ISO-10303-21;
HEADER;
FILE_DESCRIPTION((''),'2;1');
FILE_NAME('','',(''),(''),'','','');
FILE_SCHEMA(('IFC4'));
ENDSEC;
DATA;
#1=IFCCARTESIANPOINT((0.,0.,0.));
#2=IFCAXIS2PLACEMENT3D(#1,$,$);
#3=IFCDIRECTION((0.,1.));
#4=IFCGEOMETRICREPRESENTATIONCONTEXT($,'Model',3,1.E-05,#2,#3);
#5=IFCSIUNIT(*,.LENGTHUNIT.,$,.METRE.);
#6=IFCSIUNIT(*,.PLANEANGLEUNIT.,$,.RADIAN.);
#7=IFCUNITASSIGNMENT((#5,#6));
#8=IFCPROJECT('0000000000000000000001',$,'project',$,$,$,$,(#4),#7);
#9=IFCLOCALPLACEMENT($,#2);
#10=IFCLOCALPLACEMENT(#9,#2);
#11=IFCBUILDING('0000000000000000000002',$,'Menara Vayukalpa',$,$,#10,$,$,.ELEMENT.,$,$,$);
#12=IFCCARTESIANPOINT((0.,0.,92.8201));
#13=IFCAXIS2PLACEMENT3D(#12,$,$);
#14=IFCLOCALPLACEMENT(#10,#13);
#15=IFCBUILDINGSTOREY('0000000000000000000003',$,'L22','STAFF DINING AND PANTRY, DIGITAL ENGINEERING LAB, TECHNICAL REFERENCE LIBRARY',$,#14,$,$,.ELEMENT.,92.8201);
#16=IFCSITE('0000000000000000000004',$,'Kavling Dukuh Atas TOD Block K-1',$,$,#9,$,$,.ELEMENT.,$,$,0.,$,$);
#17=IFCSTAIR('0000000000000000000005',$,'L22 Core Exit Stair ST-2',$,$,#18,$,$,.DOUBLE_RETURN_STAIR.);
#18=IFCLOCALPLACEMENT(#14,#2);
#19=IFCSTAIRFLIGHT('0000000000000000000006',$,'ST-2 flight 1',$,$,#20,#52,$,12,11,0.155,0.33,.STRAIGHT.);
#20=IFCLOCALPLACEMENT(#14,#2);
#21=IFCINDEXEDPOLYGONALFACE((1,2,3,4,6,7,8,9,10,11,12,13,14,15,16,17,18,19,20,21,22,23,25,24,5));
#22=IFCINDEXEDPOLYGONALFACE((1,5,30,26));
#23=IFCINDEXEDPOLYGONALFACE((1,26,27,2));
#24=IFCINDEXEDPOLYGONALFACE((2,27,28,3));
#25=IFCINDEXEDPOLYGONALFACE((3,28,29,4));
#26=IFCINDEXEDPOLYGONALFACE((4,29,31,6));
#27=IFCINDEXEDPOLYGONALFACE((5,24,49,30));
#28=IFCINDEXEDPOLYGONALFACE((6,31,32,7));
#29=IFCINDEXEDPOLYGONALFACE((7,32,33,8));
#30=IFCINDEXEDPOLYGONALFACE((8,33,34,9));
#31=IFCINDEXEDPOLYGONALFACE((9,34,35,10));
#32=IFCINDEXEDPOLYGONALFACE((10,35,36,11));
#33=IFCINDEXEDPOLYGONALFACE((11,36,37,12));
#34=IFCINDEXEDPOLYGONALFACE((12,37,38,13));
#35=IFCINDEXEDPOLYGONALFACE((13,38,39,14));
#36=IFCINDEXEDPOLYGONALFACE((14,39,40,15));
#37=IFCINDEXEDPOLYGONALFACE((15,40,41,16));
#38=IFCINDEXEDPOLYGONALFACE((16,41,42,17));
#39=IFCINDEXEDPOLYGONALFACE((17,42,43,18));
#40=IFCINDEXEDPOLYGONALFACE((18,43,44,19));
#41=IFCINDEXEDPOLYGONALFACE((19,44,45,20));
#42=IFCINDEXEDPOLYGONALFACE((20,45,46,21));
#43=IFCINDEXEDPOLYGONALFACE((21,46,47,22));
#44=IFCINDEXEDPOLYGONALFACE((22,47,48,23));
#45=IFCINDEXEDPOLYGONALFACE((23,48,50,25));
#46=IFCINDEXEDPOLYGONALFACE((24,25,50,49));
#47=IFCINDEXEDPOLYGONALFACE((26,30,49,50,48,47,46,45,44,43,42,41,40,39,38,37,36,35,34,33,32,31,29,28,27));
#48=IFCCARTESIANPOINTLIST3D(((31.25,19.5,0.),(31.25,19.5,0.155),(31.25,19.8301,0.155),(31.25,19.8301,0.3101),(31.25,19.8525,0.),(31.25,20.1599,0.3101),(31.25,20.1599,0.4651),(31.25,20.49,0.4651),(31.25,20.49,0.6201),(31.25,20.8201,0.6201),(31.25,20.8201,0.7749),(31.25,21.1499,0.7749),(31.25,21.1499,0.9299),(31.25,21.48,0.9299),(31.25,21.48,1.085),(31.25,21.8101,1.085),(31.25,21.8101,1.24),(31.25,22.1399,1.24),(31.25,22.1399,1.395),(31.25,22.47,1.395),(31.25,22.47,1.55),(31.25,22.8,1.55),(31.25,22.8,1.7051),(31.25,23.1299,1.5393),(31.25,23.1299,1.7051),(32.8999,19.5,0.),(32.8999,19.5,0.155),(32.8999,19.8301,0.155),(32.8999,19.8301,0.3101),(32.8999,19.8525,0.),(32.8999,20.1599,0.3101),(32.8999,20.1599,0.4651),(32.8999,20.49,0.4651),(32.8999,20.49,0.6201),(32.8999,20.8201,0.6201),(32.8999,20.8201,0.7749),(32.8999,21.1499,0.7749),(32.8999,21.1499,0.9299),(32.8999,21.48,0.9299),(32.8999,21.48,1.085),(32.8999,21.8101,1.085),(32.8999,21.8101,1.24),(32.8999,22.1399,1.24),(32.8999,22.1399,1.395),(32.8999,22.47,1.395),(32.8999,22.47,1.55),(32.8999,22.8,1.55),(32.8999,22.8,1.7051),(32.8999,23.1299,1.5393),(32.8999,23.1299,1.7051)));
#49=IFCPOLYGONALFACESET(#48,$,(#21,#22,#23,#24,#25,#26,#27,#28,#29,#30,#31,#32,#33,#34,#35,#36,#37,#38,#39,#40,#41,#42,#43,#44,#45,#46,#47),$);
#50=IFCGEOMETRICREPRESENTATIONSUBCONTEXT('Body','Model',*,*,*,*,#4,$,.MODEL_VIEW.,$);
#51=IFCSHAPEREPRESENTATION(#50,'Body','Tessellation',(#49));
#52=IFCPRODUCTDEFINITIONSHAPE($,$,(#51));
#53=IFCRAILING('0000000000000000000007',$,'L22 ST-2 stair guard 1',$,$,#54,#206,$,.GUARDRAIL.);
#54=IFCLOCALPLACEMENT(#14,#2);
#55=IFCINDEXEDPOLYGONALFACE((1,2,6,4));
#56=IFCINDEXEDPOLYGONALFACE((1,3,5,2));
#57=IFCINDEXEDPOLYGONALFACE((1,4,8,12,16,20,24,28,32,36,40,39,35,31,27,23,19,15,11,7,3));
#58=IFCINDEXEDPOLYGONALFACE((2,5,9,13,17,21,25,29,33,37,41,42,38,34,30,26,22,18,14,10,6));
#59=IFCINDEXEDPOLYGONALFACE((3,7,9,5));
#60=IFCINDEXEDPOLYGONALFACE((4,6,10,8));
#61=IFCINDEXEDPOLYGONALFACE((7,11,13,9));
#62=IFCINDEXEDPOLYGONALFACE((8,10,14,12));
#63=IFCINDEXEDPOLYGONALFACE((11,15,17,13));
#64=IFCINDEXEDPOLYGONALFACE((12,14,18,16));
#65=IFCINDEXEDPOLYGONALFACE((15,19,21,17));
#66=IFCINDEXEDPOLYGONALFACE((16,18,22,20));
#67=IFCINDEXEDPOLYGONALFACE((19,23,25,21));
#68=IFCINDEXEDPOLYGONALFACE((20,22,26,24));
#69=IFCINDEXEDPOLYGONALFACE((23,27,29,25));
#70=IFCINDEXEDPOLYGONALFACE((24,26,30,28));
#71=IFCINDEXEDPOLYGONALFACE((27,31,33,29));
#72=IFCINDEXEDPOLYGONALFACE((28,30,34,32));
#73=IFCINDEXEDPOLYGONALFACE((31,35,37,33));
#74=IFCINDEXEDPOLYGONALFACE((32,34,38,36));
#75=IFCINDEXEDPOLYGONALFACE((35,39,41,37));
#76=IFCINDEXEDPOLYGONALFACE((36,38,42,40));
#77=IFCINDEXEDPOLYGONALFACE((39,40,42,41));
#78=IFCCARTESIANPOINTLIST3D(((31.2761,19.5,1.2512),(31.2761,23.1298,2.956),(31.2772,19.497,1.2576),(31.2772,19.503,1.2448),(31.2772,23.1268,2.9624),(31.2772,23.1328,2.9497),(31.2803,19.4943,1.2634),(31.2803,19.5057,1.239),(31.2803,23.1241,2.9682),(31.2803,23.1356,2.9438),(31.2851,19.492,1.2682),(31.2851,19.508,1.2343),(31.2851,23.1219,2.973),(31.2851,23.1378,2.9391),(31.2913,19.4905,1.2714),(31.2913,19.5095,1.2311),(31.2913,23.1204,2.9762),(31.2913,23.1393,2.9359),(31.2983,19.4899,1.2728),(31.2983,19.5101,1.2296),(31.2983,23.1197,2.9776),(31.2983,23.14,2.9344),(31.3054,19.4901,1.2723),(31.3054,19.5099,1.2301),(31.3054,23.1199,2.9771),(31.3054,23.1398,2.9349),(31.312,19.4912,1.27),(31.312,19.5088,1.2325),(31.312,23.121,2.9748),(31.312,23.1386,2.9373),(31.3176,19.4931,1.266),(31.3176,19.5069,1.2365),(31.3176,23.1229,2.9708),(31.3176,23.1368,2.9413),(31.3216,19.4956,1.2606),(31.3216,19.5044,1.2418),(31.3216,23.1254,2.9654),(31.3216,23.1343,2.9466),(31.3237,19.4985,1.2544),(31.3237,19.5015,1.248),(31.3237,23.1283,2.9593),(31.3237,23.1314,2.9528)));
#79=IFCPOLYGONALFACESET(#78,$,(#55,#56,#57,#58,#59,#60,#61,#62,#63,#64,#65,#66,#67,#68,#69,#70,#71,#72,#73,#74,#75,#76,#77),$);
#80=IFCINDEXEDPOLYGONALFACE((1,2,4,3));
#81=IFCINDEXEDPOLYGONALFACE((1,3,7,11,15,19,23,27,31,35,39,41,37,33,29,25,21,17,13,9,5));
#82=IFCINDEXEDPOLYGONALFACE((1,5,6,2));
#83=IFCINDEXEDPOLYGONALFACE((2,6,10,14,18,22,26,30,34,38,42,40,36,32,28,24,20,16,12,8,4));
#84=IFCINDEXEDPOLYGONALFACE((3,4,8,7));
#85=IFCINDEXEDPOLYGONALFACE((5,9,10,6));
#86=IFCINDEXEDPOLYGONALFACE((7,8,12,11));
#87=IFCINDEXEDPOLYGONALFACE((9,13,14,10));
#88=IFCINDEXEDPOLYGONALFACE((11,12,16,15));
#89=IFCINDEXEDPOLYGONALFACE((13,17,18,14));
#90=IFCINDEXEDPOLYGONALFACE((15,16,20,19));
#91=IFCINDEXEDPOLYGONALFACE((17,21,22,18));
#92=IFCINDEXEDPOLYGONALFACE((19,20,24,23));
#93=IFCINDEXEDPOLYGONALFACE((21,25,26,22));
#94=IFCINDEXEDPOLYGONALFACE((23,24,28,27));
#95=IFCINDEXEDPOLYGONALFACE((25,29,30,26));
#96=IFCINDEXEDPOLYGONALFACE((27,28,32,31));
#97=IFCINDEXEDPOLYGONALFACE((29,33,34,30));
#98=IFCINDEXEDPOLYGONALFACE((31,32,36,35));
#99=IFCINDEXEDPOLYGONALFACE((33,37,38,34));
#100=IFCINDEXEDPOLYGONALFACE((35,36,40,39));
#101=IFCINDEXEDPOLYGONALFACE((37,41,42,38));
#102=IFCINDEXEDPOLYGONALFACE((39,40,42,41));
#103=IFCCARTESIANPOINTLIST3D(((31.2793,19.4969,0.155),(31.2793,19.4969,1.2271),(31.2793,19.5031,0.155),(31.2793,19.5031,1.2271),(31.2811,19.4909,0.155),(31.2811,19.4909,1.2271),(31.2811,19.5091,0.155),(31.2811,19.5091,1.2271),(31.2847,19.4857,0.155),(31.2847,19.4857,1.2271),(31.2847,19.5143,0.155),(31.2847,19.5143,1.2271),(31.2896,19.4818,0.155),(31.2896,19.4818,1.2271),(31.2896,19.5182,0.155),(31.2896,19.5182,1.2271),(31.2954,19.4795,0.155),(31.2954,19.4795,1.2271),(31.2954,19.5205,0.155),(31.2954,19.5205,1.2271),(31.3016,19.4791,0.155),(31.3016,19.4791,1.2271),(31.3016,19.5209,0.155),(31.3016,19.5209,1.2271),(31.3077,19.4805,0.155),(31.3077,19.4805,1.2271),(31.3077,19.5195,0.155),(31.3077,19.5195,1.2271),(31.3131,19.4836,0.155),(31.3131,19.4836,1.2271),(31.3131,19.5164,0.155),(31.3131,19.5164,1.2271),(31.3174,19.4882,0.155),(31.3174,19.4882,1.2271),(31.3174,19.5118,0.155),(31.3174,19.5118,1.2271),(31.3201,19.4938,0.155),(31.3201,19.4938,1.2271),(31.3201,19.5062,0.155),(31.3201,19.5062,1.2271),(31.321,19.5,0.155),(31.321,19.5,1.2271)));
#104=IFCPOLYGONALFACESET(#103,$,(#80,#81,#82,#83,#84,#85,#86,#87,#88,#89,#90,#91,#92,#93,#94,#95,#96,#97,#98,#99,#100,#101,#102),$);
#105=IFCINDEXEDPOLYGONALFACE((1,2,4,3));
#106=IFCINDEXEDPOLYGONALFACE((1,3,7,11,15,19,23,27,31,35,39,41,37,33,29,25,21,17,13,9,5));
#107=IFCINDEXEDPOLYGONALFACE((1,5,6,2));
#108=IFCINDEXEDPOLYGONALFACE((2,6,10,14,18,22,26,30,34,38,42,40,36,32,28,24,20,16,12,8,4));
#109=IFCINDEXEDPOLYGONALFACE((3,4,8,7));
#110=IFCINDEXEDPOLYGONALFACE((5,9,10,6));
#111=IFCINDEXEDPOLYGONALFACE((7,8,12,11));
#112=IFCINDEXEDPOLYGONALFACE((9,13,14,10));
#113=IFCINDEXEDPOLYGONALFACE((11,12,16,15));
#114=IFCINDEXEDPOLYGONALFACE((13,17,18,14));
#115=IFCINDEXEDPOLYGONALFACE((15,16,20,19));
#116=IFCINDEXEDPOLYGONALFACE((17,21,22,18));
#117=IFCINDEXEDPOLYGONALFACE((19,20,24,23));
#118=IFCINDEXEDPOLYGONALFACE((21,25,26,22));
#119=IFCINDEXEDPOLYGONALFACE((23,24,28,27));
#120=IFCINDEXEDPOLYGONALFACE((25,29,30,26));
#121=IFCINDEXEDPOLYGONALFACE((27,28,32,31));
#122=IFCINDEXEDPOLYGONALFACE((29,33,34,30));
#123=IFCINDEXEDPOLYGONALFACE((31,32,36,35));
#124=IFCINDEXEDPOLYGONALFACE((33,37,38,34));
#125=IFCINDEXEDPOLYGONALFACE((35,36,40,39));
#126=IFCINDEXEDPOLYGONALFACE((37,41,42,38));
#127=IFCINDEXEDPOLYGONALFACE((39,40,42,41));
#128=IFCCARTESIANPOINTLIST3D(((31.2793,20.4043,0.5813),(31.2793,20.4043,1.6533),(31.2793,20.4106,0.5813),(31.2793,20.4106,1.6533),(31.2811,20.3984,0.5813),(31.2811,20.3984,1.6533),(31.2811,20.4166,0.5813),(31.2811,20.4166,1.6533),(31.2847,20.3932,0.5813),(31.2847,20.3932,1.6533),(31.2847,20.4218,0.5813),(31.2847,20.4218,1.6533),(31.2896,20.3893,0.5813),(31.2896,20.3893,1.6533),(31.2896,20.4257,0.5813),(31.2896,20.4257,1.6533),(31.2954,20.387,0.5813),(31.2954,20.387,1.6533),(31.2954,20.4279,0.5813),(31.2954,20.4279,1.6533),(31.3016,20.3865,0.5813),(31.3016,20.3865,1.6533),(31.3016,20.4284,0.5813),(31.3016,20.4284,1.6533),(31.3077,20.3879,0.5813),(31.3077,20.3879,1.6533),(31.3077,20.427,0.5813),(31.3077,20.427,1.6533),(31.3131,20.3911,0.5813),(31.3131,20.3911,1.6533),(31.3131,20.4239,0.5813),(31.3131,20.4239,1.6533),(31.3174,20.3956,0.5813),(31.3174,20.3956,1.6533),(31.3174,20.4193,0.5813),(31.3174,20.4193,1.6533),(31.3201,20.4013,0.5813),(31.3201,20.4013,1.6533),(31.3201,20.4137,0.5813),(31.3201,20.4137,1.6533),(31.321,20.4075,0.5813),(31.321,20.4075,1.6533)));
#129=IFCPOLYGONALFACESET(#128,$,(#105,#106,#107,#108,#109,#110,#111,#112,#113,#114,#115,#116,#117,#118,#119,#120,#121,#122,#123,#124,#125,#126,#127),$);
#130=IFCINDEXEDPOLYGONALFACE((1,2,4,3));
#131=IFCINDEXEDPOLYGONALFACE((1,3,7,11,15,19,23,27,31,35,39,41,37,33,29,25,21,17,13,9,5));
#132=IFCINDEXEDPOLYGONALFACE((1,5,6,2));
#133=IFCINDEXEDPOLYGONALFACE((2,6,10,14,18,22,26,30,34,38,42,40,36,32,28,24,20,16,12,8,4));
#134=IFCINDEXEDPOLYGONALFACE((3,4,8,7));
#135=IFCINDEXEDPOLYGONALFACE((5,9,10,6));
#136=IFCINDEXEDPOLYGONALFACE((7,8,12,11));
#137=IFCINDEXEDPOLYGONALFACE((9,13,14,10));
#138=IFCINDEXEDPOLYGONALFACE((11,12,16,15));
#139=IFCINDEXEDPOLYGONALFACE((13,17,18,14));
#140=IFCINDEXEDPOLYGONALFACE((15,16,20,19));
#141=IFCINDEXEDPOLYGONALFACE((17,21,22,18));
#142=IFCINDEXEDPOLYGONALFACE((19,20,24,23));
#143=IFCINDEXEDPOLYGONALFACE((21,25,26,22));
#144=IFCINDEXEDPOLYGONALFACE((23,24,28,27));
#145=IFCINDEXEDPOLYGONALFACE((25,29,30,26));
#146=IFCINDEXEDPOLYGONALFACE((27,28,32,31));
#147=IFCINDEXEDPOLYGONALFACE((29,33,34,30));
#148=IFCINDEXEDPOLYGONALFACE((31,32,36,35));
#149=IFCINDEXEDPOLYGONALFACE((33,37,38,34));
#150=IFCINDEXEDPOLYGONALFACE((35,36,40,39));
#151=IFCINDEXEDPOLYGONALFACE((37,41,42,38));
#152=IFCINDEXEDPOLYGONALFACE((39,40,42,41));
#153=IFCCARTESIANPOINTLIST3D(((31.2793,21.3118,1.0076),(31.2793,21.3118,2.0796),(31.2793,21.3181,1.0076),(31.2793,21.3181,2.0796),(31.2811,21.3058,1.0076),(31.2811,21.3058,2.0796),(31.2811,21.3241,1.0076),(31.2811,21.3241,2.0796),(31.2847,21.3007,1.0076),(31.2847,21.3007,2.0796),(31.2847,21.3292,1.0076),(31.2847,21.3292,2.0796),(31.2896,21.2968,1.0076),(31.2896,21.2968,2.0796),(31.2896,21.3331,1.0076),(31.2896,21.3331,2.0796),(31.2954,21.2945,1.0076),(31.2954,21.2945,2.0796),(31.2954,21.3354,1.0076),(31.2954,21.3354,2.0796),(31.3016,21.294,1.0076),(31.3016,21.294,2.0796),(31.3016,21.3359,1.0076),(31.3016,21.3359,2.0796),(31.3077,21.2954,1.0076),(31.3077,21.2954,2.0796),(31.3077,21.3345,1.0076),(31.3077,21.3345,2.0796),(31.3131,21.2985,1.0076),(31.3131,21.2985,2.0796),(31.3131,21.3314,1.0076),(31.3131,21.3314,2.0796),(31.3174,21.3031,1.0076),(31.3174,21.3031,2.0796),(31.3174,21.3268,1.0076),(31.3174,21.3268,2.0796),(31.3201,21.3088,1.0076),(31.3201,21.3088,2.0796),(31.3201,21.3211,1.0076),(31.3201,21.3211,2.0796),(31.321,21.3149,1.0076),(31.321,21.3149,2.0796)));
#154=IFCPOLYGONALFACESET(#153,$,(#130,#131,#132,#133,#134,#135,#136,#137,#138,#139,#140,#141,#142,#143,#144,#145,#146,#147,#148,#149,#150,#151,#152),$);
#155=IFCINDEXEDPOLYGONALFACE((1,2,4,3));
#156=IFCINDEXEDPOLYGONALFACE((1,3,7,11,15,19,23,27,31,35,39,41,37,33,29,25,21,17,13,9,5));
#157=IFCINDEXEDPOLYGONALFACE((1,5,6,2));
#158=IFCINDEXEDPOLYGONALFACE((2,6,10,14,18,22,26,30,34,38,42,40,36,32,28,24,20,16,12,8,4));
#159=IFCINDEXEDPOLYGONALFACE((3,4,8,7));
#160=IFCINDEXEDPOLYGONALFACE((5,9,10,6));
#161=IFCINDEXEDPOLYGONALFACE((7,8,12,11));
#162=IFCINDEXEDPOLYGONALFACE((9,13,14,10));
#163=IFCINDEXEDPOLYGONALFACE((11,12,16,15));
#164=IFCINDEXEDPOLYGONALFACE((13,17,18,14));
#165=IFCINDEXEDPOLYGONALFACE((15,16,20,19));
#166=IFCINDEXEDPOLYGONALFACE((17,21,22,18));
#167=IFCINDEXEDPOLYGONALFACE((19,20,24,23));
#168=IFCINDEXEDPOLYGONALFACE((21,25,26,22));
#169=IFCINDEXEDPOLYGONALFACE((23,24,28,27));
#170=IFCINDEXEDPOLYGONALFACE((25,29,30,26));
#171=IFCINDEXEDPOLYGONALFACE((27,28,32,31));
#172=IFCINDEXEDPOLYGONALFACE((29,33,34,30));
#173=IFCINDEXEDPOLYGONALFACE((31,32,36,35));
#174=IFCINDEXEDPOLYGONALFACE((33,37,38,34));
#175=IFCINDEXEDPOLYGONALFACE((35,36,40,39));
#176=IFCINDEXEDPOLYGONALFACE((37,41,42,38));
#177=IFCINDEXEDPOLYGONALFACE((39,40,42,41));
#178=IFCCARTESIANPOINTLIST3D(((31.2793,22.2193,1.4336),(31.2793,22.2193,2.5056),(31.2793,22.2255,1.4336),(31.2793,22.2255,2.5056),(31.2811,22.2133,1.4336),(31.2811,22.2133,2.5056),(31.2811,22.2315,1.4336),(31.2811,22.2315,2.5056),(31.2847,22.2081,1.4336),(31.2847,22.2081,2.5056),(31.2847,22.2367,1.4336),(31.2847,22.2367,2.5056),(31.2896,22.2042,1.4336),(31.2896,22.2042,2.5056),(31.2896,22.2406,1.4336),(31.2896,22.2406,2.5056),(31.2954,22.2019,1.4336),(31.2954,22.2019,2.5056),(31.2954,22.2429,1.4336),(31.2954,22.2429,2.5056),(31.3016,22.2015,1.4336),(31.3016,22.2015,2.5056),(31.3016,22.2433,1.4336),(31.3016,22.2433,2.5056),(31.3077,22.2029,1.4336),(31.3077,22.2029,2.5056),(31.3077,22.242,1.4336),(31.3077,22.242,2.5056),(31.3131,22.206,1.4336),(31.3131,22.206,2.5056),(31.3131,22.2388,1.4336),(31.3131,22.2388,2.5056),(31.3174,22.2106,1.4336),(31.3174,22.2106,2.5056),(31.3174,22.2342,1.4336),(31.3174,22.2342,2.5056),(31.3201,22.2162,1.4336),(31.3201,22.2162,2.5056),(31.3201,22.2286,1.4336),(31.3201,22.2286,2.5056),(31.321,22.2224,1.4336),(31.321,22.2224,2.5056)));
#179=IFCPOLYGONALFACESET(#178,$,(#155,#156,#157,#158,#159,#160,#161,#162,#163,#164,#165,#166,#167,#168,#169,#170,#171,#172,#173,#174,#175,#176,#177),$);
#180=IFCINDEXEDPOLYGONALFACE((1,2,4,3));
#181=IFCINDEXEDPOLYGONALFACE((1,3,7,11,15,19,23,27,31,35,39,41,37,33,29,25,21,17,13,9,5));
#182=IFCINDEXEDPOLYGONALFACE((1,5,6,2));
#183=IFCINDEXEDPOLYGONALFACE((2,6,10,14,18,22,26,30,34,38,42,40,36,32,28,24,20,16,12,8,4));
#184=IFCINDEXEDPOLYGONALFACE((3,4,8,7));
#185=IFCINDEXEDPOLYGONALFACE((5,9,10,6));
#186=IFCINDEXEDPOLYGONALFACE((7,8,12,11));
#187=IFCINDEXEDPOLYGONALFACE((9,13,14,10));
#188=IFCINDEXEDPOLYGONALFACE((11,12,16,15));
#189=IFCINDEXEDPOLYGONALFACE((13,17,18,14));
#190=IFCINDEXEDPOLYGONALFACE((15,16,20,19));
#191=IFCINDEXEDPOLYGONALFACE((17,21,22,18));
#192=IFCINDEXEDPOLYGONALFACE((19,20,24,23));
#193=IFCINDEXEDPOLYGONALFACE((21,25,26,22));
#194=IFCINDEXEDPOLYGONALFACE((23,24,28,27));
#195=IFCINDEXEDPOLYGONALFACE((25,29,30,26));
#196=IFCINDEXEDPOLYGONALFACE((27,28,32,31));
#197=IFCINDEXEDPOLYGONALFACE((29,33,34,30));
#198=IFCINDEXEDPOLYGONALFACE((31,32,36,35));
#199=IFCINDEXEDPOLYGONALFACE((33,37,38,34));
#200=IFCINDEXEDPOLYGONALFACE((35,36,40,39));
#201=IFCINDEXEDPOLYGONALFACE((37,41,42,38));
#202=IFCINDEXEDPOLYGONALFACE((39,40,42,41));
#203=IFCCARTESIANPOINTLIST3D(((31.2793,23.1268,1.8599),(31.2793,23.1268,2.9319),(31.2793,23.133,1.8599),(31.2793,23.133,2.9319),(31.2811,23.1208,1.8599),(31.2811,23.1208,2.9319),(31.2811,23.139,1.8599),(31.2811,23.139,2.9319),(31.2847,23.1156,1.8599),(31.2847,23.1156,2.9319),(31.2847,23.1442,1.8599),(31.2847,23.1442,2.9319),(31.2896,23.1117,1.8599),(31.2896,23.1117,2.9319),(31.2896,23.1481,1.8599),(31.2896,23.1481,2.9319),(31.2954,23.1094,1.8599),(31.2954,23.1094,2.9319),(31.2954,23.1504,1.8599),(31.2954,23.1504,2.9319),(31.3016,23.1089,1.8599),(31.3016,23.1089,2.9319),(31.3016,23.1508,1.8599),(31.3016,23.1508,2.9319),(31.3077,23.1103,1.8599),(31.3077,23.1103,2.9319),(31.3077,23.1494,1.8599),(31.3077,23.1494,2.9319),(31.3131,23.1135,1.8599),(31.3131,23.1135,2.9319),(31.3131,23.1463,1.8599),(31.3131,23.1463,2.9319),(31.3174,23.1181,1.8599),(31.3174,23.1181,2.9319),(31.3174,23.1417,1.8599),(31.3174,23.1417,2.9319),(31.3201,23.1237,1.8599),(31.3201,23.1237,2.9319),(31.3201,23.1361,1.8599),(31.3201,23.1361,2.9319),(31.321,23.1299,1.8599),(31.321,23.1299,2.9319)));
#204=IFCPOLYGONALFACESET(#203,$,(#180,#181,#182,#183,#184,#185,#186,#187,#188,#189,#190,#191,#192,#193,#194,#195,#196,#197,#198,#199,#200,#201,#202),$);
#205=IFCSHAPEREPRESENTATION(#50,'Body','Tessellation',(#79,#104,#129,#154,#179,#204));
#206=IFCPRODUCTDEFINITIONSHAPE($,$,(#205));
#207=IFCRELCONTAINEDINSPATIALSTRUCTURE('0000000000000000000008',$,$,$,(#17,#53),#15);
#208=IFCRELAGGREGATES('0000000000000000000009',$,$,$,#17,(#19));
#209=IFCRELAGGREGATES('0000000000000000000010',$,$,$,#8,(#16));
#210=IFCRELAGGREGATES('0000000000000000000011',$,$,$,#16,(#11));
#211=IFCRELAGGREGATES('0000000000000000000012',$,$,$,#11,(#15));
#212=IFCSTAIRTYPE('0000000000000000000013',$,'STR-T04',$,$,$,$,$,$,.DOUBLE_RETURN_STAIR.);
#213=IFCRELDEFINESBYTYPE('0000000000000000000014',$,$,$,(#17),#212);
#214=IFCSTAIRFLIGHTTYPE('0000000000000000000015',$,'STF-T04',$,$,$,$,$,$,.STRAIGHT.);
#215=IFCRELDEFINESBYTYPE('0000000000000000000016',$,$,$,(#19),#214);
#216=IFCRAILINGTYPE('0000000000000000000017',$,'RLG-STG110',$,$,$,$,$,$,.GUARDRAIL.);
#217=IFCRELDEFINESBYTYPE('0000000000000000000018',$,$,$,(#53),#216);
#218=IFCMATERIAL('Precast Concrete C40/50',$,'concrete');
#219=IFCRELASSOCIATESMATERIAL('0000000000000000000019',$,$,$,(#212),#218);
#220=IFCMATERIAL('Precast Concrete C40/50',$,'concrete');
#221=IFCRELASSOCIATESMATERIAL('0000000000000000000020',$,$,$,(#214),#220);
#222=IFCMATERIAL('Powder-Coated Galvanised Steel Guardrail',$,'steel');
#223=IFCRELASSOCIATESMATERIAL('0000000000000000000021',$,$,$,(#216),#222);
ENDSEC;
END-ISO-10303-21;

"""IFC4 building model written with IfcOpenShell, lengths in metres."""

from ifc_helpers import new_model, si_unit, direction, frame, origin, origin_2d, place, context, subcontext, project, spatial, polyline, circle, outline, extrude, material, type_object, element, aggregate, save


model = new_model("IFC4")

# Units and contexts
model_context = context("Model", 3, precision=1e-05, world=origin(), true_north=direction((0.0, 1.0)))
body_context = subcontext(model_context, "Body", "Model", "MODEL_VIEW")
ifc_project = project(units=[si_unit("LENGTHUNIT", "METRE"), si_unit("PLANEANGLEUNIT", "RADIAN")], contexts=[model_context])

# Site, building, storey
site_placement = place(None, origin())
site = spatial("IfcSite", under=ifc_project, at=site_placement, Name="Kavling Dukuh Atas TOD Block K-1", CompositionType="ELEMENT", RefElevation=0.0)
building_placement = place(site_placement, origin())
building = spatial("IfcBuilding", under=site, at=building_placement, Name="Menara Vayukalpa", CompositionType="ELEMENT")
storey_placement = place(building_placement, frame((0.0, 0.0, 92.8201)))
storey = spatial("IfcBuildingStorey", under=building, at=storey_placement, Name="L22", Description="STAFF DINING AND PANTRY, DIGITAL ENGINEERING LAB, TECHNICAL REFERENCE LIBRARY", CompositionType="ELEMENT", Elevation=92.8201)

# Stair, stair flight
ifc_material_1 = material(Name="Precast Concrete C40/50", Category="concrete")
stair_type = type_object("IfcStairType", Name="STR-T04", PredefinedType="DOUBLE_RETURN_STAIR", material=ifc_material_1)
stair_placement = place(storey_placement, origin())
stair = element("IfcStair", 1, at=stair_placement, inside=storey, type_object=stair_type, Name="L22 Core Exit Stair ST-2", PredefinedType="DOUBLE_RETURN_STAIR")
ifc_material_2 = material(Name="Precast Concrete C40/50", Category="concrete")
stair_flight_type = type_object("IfcStairFlightType", Name="STF-T04", PredefinedType="STRAIGHT", material=ifc_material_2)
stair_flight_placement = place(storey_placement, frame((32.075, 19.5, 0.0), z_axis=(0.0, 0.0, 1.0), x_axis=(0.0, 1.0, 0.0)))
stair_flight = element("IfcStairFlight", 2, at=stair_flight_placement, type_object=stair_flight_type, Name="ST-2 flight 1", NumberOfRisers=12, NumberOfTreads=11, PredefinedType="STRAIGHT", RiserHeight=0.155, TreadLength=0.33, context=body_context, shape_type="SweptSolid", body=[
    extrude(outline(polyline([(0.0, 0.0), (0.0, 0.155), (0.3301, 0.155), (0.3301, 0.3101), (0.6599, 0.3101), (0.6599, 0.4651), (0.99, 0.4651), (0.99, 0.6201), (1.3201, 0.6201), (1.3201, 0.7749), (1.6499, 0.7749), (1.6499, 0.9299), (1.98, 0.9299), (1.98, 1.085), (2.3101, 1.085), (2.3101, 1.24), (2.6399, 1.24), (2.6399, 1.395), (2.97, 1.395), (2.97, 1.55), (3.3, 1.55), (3.3, 1.7051), (3.6299, 1.7051), (3.6299, 1.8601), (3.6299, 1.5393), (0.3525, 0.0), (0.0, 0.0)])), frame((0.0, 0.825, 0.0), z_axis=(0.0, -1.0, 0.0), x_axis=(1.0, 0.0, 0.0)), (0.0, 0.0, 1.0), 1.6499),
])
aggregate(stair, [stair_flight])

# Railing
ifc_material_3 = material(Name="Powder-Coated Galvanised Steel Guardrail", Category="steel")
railing_type_1 = type_object("IfcRailingType", Name="RLG-STG110", PredefinedType="GUARDRAIL", material=ifc_material_3)
railing_1_placement = place(storey_placement, frame((31.3, 19.5, 0.155)))
element("IfcRailing", 3, at=railing_1_placement, inside=storey, type_object=railing_type_1, Name="L22 ST-2 stair guard 1", PredefinedType="GUARDRAIL", context=body_context, shape_type="SweptSolid", body=[
    extrude(circle(Radius=0.0239, at=origin_2d()), frame((0.0, 0.0, 1.0962), z_axis=(0.0, 0.90514, 0.425114), x_axis=(-1.0, 0.0, 0.0)), (0.0, 0.0, 1.0), 4.0103),
    extrude(circle(Radius=0.021, at=origin_2d()), origin(), (0.0, 0.0, 1.0), 1.072),
    extrude(circle(Radius=0.021, at=origin_2d()), frame((0.0, 0.9075, 0.4263)), (0.0, 0.0, 1.0), 1.072),
    extrude(circle(Radius=0.021, at=origin_2d()), frame((0.0, 1.8149, 0.8525)), (0.0, 0.0, 1.0), 1.072),
    extrude(circle(Radius=0.021, at=origin_2d()), frame((0.0, 2.7224, 1.2786)), (0.0, 0.0, 1.0), 1.072),
    extrude(circle(Radius=0.021, at=origin_2d()), frame((0.0, 3.6299, 1.7048)), (0.0, 0.0, 1.0), 1.072),
])

save(model, "model.ifc")
